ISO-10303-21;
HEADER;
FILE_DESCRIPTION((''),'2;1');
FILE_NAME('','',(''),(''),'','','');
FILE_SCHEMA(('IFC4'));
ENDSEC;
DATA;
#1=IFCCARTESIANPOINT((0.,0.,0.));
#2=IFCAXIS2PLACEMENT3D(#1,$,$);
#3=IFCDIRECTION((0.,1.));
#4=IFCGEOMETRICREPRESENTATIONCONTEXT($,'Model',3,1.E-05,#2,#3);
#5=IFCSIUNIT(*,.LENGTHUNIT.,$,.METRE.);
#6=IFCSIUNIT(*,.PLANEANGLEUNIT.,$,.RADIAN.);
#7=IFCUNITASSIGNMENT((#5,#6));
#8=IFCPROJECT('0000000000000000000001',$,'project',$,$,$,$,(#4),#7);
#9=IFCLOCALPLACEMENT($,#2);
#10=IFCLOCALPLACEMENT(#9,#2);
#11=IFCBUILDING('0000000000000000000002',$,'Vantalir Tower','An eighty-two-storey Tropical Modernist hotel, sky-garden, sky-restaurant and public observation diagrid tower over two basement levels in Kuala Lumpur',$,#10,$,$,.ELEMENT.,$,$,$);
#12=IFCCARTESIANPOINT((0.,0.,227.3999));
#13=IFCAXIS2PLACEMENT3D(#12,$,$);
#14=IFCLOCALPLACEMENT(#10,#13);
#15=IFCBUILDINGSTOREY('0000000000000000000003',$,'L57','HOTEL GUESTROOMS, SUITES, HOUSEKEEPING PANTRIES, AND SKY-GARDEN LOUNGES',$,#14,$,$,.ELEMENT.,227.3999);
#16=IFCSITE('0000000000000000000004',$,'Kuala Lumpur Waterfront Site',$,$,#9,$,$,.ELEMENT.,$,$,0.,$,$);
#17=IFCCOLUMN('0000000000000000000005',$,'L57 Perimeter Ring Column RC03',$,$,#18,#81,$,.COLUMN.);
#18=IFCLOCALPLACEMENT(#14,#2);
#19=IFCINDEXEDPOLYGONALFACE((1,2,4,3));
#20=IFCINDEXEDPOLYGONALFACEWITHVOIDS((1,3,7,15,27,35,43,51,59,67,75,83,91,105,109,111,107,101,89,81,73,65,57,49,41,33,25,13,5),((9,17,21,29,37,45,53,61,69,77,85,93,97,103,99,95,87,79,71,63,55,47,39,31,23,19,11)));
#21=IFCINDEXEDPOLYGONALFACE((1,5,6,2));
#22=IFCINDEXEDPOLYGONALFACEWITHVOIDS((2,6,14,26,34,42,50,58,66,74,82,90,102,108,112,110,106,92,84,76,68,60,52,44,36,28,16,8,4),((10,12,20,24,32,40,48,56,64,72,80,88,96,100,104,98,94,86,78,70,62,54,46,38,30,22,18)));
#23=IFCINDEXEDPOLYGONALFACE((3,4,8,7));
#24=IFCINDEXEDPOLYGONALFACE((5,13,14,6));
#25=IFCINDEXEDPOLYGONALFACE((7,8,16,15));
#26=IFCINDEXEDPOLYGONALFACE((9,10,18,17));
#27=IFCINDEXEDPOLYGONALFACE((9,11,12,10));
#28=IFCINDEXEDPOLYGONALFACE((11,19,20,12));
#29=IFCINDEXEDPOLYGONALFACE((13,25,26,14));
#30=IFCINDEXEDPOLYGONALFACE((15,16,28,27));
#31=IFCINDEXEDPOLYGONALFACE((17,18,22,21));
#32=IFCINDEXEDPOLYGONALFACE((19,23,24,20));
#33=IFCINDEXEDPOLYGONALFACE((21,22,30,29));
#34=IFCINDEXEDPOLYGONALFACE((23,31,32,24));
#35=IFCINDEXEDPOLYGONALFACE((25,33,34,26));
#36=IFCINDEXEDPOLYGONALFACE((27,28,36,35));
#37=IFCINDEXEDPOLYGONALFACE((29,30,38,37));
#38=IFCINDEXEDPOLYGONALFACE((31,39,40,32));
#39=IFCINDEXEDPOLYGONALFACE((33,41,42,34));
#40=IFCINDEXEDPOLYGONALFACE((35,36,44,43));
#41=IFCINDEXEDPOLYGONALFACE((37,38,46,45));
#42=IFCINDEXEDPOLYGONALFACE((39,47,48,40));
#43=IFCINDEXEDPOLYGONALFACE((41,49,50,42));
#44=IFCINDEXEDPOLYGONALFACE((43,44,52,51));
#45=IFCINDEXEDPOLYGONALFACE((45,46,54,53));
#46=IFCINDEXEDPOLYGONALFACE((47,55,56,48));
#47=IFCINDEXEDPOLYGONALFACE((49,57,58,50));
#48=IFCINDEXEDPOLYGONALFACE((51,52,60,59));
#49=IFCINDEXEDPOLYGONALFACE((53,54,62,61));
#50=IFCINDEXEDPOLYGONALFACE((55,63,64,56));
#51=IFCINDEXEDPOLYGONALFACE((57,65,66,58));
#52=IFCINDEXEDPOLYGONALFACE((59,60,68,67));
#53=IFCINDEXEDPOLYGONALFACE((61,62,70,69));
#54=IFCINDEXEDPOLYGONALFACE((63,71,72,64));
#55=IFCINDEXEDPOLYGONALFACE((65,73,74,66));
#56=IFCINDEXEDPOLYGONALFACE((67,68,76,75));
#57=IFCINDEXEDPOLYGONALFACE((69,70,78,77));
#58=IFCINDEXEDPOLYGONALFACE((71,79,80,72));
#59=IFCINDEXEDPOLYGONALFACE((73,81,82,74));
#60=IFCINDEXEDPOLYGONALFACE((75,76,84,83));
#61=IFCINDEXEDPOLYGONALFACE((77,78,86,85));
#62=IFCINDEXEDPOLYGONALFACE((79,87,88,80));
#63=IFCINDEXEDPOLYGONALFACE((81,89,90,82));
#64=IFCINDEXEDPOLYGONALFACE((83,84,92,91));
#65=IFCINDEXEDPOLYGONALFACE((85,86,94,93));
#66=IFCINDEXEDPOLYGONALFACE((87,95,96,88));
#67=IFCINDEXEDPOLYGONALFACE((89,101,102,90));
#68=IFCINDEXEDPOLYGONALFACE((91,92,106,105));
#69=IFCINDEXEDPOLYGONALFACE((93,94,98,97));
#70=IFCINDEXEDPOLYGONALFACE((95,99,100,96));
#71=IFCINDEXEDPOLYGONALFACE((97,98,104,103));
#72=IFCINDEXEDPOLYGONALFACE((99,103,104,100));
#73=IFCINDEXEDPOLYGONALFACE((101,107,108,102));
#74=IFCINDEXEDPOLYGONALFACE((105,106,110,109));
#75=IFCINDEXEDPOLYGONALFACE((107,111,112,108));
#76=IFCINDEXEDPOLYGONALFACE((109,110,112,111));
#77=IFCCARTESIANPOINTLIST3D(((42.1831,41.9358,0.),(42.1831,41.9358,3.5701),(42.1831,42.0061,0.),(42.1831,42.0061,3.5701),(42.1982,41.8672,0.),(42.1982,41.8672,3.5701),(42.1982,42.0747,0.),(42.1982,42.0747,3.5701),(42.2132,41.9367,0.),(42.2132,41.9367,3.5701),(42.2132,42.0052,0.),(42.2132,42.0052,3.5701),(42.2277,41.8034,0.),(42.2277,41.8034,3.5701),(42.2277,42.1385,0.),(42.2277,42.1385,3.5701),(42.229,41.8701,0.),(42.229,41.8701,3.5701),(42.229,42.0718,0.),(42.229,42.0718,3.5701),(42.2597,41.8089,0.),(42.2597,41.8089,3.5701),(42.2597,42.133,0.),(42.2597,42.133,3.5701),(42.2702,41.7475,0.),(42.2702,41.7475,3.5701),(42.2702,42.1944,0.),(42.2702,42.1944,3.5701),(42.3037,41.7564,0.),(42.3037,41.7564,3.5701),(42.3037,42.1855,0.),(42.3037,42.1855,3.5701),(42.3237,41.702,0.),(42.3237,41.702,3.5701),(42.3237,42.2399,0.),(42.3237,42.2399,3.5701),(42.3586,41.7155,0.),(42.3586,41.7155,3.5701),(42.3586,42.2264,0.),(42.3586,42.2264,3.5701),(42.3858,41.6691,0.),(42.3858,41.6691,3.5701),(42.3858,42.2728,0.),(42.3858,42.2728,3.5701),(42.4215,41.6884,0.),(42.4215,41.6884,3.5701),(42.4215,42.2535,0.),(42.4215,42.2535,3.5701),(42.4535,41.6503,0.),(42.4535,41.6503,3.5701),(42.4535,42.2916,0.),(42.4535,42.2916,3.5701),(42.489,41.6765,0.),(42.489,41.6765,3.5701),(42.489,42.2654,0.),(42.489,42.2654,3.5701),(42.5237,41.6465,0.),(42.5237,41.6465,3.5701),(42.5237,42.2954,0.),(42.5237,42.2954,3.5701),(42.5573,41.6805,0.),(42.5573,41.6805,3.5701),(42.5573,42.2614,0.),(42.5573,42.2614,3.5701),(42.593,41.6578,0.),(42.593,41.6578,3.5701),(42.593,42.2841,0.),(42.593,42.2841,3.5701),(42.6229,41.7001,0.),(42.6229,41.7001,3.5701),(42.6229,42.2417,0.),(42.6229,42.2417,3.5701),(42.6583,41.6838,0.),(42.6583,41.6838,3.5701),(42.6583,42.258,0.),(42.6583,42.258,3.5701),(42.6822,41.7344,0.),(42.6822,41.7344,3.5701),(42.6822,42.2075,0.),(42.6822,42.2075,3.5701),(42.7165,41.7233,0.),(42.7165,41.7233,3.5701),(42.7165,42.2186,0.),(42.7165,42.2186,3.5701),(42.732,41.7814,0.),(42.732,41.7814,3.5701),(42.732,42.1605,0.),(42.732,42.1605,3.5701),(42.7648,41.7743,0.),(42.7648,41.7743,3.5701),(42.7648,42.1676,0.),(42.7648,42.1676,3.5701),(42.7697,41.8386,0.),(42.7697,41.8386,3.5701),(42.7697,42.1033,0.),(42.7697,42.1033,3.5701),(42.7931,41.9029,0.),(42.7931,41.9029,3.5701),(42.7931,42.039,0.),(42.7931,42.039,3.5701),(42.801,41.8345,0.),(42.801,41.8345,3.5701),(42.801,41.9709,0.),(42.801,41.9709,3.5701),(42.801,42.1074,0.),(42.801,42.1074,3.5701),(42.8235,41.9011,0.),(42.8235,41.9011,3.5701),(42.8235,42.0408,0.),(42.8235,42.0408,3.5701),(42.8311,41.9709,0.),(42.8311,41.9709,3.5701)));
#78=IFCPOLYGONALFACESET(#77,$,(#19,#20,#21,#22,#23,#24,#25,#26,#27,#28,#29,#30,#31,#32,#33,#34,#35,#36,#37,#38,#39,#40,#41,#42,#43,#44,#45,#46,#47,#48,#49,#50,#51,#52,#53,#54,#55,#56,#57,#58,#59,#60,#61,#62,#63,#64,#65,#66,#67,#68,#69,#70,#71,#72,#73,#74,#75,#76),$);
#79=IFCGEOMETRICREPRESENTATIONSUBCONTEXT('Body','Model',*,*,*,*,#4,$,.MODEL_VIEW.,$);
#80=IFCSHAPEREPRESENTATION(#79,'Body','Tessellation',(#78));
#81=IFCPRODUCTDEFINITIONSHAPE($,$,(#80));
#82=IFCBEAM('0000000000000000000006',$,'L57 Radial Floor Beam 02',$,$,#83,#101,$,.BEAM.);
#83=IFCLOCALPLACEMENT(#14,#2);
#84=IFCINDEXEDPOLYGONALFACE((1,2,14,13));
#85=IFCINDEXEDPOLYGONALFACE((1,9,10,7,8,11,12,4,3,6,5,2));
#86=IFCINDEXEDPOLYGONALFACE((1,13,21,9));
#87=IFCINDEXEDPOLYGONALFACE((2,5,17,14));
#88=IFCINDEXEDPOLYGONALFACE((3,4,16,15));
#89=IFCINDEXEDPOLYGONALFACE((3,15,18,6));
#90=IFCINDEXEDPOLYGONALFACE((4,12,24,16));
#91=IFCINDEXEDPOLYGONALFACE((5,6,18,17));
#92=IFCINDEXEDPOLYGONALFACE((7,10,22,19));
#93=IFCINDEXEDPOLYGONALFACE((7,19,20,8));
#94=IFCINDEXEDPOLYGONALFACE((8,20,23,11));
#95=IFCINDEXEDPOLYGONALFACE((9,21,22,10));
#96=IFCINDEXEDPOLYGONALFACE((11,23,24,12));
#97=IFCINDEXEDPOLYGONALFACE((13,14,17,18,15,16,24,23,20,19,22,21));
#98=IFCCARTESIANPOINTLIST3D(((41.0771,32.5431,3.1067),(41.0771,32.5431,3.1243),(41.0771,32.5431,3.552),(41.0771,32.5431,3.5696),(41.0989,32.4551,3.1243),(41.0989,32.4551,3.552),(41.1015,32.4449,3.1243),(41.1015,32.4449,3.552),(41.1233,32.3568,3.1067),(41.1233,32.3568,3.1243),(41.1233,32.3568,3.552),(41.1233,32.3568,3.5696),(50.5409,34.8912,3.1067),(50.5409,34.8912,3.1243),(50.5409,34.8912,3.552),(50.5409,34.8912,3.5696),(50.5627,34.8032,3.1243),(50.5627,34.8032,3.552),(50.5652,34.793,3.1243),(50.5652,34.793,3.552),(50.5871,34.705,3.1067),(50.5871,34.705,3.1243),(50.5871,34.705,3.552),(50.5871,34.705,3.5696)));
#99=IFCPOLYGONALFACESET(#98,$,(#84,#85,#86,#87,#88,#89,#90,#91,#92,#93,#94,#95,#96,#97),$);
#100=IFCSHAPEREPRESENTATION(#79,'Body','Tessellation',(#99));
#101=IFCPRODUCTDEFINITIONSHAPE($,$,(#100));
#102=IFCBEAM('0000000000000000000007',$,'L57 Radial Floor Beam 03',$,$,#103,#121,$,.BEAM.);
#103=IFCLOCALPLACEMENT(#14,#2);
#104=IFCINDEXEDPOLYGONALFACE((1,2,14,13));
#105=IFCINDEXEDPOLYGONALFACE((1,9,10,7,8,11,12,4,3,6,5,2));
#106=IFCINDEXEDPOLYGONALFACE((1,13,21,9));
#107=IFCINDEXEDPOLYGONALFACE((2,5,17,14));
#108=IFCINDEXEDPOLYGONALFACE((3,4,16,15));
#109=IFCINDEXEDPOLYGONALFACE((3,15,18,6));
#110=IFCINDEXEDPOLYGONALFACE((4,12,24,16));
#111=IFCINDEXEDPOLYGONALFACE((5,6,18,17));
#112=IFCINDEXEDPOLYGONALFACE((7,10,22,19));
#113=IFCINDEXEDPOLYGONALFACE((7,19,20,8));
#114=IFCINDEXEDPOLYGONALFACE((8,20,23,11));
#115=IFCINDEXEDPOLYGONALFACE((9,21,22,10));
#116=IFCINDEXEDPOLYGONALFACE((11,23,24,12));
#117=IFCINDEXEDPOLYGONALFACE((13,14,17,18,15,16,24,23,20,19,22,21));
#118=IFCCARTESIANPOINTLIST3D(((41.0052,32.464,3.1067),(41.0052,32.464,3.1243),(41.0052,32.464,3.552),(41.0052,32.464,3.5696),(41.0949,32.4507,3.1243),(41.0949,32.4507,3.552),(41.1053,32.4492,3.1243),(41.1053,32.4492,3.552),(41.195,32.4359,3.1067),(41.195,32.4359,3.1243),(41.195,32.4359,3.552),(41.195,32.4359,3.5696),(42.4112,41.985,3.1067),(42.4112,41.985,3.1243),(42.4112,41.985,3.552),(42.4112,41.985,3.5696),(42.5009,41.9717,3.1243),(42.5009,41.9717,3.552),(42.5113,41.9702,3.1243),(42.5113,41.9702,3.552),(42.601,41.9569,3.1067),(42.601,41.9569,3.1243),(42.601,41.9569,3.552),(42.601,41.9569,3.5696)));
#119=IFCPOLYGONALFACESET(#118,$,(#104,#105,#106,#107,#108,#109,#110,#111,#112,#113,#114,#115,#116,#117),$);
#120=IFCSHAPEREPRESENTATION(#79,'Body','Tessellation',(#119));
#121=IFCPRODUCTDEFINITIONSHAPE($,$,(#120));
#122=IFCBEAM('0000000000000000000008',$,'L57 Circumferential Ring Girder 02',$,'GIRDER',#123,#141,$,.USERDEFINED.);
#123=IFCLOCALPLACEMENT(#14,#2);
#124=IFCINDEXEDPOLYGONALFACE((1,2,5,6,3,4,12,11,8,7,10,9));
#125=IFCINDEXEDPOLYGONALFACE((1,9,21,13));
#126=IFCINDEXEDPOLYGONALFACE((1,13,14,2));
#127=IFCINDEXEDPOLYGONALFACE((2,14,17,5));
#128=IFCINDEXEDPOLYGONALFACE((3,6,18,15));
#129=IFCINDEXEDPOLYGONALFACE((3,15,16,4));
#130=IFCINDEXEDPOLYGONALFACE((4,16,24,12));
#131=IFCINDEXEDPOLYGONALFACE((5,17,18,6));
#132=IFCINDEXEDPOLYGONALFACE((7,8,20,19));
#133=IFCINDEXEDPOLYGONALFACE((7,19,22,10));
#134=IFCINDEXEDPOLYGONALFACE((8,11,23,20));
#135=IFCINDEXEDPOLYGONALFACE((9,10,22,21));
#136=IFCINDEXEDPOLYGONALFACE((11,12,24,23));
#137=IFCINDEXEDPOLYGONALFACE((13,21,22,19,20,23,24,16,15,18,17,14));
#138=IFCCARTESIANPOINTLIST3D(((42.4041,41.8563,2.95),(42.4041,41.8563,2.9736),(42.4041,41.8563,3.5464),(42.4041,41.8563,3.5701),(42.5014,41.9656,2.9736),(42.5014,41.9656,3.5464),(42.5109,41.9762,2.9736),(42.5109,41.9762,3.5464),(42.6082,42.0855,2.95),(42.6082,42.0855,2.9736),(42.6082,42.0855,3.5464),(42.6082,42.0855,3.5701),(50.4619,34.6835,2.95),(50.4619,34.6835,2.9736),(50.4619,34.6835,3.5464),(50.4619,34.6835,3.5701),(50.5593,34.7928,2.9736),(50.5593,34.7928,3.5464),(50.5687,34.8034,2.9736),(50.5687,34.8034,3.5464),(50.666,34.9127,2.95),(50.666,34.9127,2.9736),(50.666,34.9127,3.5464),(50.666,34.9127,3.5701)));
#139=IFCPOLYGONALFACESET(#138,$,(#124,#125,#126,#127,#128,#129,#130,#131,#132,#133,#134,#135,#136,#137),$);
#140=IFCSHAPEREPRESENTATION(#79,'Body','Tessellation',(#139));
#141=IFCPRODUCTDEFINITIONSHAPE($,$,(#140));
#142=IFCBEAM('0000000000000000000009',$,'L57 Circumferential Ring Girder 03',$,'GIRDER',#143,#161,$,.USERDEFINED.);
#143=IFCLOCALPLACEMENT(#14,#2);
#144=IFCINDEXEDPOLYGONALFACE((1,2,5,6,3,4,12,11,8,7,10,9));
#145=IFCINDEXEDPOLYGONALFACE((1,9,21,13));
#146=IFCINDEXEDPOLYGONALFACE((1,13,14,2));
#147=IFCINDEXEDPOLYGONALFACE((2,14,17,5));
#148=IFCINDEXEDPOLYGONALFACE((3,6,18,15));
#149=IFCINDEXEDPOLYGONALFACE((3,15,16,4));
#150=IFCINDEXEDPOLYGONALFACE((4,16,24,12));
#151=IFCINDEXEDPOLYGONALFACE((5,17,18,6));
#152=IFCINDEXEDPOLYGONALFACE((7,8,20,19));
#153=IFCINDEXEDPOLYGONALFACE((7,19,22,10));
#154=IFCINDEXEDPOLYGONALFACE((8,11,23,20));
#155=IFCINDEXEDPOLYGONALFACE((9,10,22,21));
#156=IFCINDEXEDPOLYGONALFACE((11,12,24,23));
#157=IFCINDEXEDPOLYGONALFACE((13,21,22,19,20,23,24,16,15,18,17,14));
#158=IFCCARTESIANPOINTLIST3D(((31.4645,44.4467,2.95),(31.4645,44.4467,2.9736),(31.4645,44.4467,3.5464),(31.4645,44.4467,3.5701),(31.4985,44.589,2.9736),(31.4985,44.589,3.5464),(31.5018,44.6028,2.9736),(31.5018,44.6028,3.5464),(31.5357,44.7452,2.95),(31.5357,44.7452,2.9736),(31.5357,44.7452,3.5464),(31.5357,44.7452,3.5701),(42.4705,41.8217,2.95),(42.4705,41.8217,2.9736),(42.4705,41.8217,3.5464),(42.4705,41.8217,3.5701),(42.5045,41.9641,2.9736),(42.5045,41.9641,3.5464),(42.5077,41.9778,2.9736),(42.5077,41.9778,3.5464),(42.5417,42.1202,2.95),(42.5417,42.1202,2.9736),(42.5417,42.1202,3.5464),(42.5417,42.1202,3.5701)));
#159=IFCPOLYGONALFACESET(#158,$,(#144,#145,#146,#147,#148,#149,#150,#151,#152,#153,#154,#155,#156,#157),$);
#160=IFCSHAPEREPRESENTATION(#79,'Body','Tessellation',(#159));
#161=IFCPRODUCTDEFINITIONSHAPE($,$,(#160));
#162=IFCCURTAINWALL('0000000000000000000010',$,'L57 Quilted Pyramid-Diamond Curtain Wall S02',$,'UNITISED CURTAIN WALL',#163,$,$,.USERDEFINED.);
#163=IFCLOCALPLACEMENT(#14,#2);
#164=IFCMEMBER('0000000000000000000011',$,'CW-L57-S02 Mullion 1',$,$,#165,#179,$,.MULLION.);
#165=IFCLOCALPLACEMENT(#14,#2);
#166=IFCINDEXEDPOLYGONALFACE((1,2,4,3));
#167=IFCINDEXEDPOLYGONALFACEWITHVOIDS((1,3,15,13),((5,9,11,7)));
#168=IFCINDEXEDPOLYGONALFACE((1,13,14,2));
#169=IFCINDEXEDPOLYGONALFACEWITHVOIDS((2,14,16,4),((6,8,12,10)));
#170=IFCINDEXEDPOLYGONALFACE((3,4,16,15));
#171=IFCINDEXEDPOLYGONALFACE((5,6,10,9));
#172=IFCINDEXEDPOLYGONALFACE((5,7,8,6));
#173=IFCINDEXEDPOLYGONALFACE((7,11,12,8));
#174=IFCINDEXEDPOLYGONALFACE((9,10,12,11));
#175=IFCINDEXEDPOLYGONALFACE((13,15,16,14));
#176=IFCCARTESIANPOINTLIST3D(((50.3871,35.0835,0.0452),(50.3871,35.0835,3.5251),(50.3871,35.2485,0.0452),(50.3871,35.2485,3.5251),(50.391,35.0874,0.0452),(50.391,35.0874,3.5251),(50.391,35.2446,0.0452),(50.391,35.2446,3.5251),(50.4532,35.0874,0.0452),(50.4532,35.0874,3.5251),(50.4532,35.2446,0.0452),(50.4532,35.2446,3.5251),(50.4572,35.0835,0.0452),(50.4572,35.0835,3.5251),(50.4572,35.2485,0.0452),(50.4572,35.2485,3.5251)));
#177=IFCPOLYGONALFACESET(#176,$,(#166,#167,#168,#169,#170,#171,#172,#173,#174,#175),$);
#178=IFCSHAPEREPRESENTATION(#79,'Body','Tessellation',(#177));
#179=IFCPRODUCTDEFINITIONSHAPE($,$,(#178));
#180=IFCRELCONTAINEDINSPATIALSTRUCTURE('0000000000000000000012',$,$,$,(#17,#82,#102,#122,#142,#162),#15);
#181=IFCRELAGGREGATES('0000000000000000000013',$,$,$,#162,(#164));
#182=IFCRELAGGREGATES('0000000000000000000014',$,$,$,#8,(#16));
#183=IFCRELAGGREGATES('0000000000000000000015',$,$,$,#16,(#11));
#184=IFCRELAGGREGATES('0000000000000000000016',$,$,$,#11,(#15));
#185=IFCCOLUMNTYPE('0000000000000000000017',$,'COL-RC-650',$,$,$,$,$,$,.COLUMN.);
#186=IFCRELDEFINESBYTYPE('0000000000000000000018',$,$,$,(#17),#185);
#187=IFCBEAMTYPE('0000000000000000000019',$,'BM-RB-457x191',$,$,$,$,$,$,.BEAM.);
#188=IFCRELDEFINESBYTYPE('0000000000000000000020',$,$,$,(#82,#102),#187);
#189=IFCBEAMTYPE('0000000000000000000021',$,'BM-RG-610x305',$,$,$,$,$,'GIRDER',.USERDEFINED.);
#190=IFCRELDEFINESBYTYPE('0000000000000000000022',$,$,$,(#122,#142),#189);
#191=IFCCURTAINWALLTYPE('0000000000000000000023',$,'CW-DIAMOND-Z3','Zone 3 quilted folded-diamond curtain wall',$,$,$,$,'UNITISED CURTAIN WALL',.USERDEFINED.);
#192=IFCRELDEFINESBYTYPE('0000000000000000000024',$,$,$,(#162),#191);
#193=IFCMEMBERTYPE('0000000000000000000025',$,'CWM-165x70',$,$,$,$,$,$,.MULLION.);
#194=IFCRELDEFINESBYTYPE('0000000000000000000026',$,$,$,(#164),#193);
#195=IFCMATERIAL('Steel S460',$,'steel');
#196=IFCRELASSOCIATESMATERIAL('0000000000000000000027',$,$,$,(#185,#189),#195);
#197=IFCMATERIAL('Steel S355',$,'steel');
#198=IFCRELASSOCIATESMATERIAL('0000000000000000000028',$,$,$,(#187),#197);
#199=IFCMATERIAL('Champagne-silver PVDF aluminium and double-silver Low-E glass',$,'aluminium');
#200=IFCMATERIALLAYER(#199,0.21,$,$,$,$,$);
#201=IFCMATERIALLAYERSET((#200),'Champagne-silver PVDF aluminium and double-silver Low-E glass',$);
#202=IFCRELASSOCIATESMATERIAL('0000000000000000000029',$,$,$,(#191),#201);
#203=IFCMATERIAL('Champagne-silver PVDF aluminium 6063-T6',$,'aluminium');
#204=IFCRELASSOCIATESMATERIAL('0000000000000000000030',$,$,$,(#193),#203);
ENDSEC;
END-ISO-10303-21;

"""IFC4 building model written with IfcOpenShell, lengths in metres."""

from ifc_helpers import new_model, si_unit, direction, frame, origin, origin_2d, place, context, subcontext, project, spatial, hollow_rectangle, hollow_circle, i_section, extrude, material, layer, layer_set, material_profile, profile_set, type_object, element, aggregate, save


model = new_model("IFC4")

# Units and contexts
model_context = context("Model", 3, precision=1e-05, world=origin(), true_north=direction((0.0, 1.0)))
body_context = subcontext(model_context, "Body", "Model", "MODEL_VIEW")
ifc_project = project(units=[si_unit("LENGTHUNIT", "METRE"), si_unit("PLANEANGLEUNIT", "RADIAN")], contexts=[model_context])

# Site, building, storey
site_placement = place(None, origin())
site = spatial("IfcSite", under=ifc_project, at=site_placement, Name="Kuala Lumpur Waterfront Site", CompositionType="ELEMENT", RefElevation=0.0)
building_placement = place(site_placement, origin())
building = spatial("IfcBuilding", under=site, at=building_placement, Name="Vantalir Tower", Description="An eighty-two-storey Tropical Modernist hotel, sky-garden, sky-restaurant and public observation diagrid tower over two basement levels in Kuala Lumpur", CompositionType="ELEMENT")
storey_placement = place(building_placement, frame((0.0, 0.0, 227.3999)))
storey = spatial("IfcBuildingStorey", under=building, at=storey_placement, Name="L57", Description="HOTEL GUESTROOMS, SUITES, HOUSEKEEPING PANTRIES, AND SKY-GARDEN LOUNGES", CompositionType="ELEMENT", Elevation=227.3999)

# Column
ifc_material_1 = material(Name="Steel S460", Category="steel")
ifc_material_profile_1 = material_profile(ifc_material_1, hollow_circle(Radius=0.325, WallThickness=0.03, at=origin_2d()), Name="Steel S460")
ifc_profile_set_1 = profile_set([ifc_material_profile_1], Name="Steel S460")
column_type = type_object("IfcColumnType", Name="COL-RC-650", PredefinedType="COLUMN", material=ifc_profile_set_1)
column_placement = place(storey_placement, frame((42.5061, 41.9709, 0.0), z_axis=(0.0, 0.0, 1.0), x_axis=(1.0, 0.0, 0.0)))
element("IfcColumn", 1, at=column_placement, inside=storey, type_object=column_type, Name="L57 Perimeter Ring Column RC03", PredefinedType="COLUMN", context=body_context, shape_type="SweptSolid", body=[
    extrude(hollow_circle(Radius=0.325, WallThickness=0.03, at=origin_2d()), origin(), (0.0, 0.0, 1.0), 3.5701),
])

# Beams
ifc_material_2 = material(Name="Steel S355", Category="steel")
ifc_material_profile_2 = material_profile(ifc_material_2, i_section(OverallWidth=0.1919, OverallDepth=0.4629, WebThickness=0.0105, FlangeThickness=0.0176, at=origin_2d()), Name="Steel S355")
ifc_profile_set_2 = profile_set([ifc_material_profile_2], Name="Steel S355")
beam_type_1 = type_object("IfcBeamType", Name="BM-RB-457x191", PredefinedType="BEAM", material=ifc_profile_set_2)
beam_1_placement = place(storey_placement, frame((50.564, 34.7981, 3.3381), z_axis=(-0.970571, -0.240815, 0.0), x_axis=(0.240815, -0.970571, 0.0)))
element("IfcBeam", 2, at=beam_1_placement, inside=storey, type_object=beam_type_1, Name="L57 Radial Floor Beam 02", PredefinedType="BEAM", context=body_context, shape_type="SweptSolid", body=[
    extrude(i_section(OverallWidth=0.1919, OverallDepth=0.4629, WebThickness=0.0105, FlangeThickness=0.0176, at=origin_2d()), origin(), (0.0, 0.0, 1.0), 9.7507),
])
beam_2_placement = place(storey_placement, frame((42.5061, 41.9709, 3.3381), z_axis=(-0.14609, -0.989271, 0.0), x_axis=(0.989271, -0.14609, 0.0)))
element("IfcBeam", 3, at=beam_2_placement, inside=storey, type_object=beam_type_1, Name="L57 Radial Floor Beam 03", PredefinedType="BEAM", context=body_context, shape_type="SweptSolid", body=[
    extrude(i_section(OverallWidth=0.1919, OverallDepth=0.4629, WebThickness=0.0105, FlangeThickness=0.0176, at=origin_2d()), origin(), (0.0, 0.0, 1.0), 9.6243),
])
ifc_material_profile_3 = material_profile(ifc_material_1, i_section(OverallWidth=0.3069, OverallDepth=0.6201, WebThickness=0.0142, FlangeThickness=0.0237, at=origin_2d()), Name="Steel S460")
ifc_profile_set_3 = profile_set([ifc_material_profile_3], Name="Steel S460")
beam_type_2 = type_object("IfcBeamType", Name="BM-RG-610x305", ElementType="GIRDER", PredefinedType="USERDEFINED", material=ifc_profile_set_3)
beam_3_placement = place(storey_placement, frame((50.564, 34.7981, 3.26), z_axis=(-0.746935, 0.664897, 0.0), x_axis=(-0.664897, -0.746935, 0.0)))
element("IfcBeam", 4, at=beam_3_placement, inside=storey, type_object=beam_type_2, Name="L57 Circumferential Ring Girder 02", ObjectType="GIRDER", PredefinedType="USERDEFINED", context=body_context, shape_type="SweptSolid", body=[
    extrude(i_section(OverallWidth=0.3069, OverallDepth=0.6201, WebThickness=0.0142, FlangeThickness=0.0237, at=origin_2d()), origin(), (0.0, 0.0, 1.0), 10.7878),
])
beam_4_placement = place(storey_placement, frame((42.5061, 41.9709, 3.26), z_axis=(-0.972717, 0.231997, 0.0), x_axis=(-0.231997, -0.972717, 0.0)))
element("IfcBeam", 5, at=beam_4_placement, inside=storey, type_object=beam_type_2, Name="L57 Circumferential Ring Girder 03", ObjectType="GIRDER", PredefinedType="USERDEFINED", context=body_context, shape_type="SweptSolid", body=[
    extrude(i_section(OverallWidth=0.3069, OverallDepth=0.6201, WebThickness=0.0142, FlangeThickness=0.0237, at=origin_2d()), origin(), (0.0, 0.0, 1.0), 11.3147),
])

# Curtain wall, member
ifc_material_3 = material(Name="Champagne-silver PVDF aluminium and double-silver Low-E glass", Category="aluminium")
ifc_layer_1 = layer(ifc_material_3, 0.21)
ifc_layer_set_1 = layer_set([ifc_layer_1], Name="Champagne-silver PVDF aluminium and double-silver Low-E glass")
curtain_wall_type = type_object("IfcCurtainWallType", Name="CW-DIAMOND-Z3", Description="Zone 3 quilted folded-diamond curtain wall", ElementType="UNITISED CURTAIN WALL", PredefinedType="USERDEFINED", material=ifc_layer_set_1)
curtain_wall_1_placement = place(storey_placement, origin())
curtain_wall_1 = element("IfcCurtainWall", 6, at=curtain_wall_1_placement, inside=storey, type_object=curtain_wall_type, Name="L57 Quilted Pyramid-Diamond Curtain Wall S02", ObjectType="UNITISED CURTAIN WALL", PredefinedType="USERDEFINED")
ifc_material_4 = material(Name="Champagne-silver PVDF aluminium 6063-T6", Category="aluminium")
ifc_material_profile_4 = material_profile(ifc_material_4, hollow_rectangle(XDim=0.0701, YDim=0.165, WallThickness=0.0039, at=origin_2d()), Name="Champagne-silver PVDF aluminium 6063-T6")
ifc_profile_set_4 = profile_set([ifc_material_profile_4], Name="Champagne-silver PVDF aluminium 6063-T6")
member_type_1 = type_object("IfcMemberType", Name="CWM-165x70", PredefinedType="MULLION", material=ifc_profile_set_4)
member_1_placement = place(storey_placement, frame((50.4221, 35.166, 0.0452), z_axis=(0.0, 0.0, 1.0), x_axis=(1.0, 0.0, 0.0)))
member_1 = element("IfcMember", 7, at=member_1_placement, type_object=member_type_1, Name="CW-L57-S02 Mullion 1", PredefinedType="MULLION", context=body_context, shape_type="SweptSolid", body=[
    extrude(hollow_rectangle(XDim=0.0701, YDim=0.165, WallThickness=0.0039, at=origin_2d()), origin(), (0.0, 0.0, 1.0), 3.48),
])

aggregate(curtain_wall_1, [member_1])

save(model, "model.ifc")
